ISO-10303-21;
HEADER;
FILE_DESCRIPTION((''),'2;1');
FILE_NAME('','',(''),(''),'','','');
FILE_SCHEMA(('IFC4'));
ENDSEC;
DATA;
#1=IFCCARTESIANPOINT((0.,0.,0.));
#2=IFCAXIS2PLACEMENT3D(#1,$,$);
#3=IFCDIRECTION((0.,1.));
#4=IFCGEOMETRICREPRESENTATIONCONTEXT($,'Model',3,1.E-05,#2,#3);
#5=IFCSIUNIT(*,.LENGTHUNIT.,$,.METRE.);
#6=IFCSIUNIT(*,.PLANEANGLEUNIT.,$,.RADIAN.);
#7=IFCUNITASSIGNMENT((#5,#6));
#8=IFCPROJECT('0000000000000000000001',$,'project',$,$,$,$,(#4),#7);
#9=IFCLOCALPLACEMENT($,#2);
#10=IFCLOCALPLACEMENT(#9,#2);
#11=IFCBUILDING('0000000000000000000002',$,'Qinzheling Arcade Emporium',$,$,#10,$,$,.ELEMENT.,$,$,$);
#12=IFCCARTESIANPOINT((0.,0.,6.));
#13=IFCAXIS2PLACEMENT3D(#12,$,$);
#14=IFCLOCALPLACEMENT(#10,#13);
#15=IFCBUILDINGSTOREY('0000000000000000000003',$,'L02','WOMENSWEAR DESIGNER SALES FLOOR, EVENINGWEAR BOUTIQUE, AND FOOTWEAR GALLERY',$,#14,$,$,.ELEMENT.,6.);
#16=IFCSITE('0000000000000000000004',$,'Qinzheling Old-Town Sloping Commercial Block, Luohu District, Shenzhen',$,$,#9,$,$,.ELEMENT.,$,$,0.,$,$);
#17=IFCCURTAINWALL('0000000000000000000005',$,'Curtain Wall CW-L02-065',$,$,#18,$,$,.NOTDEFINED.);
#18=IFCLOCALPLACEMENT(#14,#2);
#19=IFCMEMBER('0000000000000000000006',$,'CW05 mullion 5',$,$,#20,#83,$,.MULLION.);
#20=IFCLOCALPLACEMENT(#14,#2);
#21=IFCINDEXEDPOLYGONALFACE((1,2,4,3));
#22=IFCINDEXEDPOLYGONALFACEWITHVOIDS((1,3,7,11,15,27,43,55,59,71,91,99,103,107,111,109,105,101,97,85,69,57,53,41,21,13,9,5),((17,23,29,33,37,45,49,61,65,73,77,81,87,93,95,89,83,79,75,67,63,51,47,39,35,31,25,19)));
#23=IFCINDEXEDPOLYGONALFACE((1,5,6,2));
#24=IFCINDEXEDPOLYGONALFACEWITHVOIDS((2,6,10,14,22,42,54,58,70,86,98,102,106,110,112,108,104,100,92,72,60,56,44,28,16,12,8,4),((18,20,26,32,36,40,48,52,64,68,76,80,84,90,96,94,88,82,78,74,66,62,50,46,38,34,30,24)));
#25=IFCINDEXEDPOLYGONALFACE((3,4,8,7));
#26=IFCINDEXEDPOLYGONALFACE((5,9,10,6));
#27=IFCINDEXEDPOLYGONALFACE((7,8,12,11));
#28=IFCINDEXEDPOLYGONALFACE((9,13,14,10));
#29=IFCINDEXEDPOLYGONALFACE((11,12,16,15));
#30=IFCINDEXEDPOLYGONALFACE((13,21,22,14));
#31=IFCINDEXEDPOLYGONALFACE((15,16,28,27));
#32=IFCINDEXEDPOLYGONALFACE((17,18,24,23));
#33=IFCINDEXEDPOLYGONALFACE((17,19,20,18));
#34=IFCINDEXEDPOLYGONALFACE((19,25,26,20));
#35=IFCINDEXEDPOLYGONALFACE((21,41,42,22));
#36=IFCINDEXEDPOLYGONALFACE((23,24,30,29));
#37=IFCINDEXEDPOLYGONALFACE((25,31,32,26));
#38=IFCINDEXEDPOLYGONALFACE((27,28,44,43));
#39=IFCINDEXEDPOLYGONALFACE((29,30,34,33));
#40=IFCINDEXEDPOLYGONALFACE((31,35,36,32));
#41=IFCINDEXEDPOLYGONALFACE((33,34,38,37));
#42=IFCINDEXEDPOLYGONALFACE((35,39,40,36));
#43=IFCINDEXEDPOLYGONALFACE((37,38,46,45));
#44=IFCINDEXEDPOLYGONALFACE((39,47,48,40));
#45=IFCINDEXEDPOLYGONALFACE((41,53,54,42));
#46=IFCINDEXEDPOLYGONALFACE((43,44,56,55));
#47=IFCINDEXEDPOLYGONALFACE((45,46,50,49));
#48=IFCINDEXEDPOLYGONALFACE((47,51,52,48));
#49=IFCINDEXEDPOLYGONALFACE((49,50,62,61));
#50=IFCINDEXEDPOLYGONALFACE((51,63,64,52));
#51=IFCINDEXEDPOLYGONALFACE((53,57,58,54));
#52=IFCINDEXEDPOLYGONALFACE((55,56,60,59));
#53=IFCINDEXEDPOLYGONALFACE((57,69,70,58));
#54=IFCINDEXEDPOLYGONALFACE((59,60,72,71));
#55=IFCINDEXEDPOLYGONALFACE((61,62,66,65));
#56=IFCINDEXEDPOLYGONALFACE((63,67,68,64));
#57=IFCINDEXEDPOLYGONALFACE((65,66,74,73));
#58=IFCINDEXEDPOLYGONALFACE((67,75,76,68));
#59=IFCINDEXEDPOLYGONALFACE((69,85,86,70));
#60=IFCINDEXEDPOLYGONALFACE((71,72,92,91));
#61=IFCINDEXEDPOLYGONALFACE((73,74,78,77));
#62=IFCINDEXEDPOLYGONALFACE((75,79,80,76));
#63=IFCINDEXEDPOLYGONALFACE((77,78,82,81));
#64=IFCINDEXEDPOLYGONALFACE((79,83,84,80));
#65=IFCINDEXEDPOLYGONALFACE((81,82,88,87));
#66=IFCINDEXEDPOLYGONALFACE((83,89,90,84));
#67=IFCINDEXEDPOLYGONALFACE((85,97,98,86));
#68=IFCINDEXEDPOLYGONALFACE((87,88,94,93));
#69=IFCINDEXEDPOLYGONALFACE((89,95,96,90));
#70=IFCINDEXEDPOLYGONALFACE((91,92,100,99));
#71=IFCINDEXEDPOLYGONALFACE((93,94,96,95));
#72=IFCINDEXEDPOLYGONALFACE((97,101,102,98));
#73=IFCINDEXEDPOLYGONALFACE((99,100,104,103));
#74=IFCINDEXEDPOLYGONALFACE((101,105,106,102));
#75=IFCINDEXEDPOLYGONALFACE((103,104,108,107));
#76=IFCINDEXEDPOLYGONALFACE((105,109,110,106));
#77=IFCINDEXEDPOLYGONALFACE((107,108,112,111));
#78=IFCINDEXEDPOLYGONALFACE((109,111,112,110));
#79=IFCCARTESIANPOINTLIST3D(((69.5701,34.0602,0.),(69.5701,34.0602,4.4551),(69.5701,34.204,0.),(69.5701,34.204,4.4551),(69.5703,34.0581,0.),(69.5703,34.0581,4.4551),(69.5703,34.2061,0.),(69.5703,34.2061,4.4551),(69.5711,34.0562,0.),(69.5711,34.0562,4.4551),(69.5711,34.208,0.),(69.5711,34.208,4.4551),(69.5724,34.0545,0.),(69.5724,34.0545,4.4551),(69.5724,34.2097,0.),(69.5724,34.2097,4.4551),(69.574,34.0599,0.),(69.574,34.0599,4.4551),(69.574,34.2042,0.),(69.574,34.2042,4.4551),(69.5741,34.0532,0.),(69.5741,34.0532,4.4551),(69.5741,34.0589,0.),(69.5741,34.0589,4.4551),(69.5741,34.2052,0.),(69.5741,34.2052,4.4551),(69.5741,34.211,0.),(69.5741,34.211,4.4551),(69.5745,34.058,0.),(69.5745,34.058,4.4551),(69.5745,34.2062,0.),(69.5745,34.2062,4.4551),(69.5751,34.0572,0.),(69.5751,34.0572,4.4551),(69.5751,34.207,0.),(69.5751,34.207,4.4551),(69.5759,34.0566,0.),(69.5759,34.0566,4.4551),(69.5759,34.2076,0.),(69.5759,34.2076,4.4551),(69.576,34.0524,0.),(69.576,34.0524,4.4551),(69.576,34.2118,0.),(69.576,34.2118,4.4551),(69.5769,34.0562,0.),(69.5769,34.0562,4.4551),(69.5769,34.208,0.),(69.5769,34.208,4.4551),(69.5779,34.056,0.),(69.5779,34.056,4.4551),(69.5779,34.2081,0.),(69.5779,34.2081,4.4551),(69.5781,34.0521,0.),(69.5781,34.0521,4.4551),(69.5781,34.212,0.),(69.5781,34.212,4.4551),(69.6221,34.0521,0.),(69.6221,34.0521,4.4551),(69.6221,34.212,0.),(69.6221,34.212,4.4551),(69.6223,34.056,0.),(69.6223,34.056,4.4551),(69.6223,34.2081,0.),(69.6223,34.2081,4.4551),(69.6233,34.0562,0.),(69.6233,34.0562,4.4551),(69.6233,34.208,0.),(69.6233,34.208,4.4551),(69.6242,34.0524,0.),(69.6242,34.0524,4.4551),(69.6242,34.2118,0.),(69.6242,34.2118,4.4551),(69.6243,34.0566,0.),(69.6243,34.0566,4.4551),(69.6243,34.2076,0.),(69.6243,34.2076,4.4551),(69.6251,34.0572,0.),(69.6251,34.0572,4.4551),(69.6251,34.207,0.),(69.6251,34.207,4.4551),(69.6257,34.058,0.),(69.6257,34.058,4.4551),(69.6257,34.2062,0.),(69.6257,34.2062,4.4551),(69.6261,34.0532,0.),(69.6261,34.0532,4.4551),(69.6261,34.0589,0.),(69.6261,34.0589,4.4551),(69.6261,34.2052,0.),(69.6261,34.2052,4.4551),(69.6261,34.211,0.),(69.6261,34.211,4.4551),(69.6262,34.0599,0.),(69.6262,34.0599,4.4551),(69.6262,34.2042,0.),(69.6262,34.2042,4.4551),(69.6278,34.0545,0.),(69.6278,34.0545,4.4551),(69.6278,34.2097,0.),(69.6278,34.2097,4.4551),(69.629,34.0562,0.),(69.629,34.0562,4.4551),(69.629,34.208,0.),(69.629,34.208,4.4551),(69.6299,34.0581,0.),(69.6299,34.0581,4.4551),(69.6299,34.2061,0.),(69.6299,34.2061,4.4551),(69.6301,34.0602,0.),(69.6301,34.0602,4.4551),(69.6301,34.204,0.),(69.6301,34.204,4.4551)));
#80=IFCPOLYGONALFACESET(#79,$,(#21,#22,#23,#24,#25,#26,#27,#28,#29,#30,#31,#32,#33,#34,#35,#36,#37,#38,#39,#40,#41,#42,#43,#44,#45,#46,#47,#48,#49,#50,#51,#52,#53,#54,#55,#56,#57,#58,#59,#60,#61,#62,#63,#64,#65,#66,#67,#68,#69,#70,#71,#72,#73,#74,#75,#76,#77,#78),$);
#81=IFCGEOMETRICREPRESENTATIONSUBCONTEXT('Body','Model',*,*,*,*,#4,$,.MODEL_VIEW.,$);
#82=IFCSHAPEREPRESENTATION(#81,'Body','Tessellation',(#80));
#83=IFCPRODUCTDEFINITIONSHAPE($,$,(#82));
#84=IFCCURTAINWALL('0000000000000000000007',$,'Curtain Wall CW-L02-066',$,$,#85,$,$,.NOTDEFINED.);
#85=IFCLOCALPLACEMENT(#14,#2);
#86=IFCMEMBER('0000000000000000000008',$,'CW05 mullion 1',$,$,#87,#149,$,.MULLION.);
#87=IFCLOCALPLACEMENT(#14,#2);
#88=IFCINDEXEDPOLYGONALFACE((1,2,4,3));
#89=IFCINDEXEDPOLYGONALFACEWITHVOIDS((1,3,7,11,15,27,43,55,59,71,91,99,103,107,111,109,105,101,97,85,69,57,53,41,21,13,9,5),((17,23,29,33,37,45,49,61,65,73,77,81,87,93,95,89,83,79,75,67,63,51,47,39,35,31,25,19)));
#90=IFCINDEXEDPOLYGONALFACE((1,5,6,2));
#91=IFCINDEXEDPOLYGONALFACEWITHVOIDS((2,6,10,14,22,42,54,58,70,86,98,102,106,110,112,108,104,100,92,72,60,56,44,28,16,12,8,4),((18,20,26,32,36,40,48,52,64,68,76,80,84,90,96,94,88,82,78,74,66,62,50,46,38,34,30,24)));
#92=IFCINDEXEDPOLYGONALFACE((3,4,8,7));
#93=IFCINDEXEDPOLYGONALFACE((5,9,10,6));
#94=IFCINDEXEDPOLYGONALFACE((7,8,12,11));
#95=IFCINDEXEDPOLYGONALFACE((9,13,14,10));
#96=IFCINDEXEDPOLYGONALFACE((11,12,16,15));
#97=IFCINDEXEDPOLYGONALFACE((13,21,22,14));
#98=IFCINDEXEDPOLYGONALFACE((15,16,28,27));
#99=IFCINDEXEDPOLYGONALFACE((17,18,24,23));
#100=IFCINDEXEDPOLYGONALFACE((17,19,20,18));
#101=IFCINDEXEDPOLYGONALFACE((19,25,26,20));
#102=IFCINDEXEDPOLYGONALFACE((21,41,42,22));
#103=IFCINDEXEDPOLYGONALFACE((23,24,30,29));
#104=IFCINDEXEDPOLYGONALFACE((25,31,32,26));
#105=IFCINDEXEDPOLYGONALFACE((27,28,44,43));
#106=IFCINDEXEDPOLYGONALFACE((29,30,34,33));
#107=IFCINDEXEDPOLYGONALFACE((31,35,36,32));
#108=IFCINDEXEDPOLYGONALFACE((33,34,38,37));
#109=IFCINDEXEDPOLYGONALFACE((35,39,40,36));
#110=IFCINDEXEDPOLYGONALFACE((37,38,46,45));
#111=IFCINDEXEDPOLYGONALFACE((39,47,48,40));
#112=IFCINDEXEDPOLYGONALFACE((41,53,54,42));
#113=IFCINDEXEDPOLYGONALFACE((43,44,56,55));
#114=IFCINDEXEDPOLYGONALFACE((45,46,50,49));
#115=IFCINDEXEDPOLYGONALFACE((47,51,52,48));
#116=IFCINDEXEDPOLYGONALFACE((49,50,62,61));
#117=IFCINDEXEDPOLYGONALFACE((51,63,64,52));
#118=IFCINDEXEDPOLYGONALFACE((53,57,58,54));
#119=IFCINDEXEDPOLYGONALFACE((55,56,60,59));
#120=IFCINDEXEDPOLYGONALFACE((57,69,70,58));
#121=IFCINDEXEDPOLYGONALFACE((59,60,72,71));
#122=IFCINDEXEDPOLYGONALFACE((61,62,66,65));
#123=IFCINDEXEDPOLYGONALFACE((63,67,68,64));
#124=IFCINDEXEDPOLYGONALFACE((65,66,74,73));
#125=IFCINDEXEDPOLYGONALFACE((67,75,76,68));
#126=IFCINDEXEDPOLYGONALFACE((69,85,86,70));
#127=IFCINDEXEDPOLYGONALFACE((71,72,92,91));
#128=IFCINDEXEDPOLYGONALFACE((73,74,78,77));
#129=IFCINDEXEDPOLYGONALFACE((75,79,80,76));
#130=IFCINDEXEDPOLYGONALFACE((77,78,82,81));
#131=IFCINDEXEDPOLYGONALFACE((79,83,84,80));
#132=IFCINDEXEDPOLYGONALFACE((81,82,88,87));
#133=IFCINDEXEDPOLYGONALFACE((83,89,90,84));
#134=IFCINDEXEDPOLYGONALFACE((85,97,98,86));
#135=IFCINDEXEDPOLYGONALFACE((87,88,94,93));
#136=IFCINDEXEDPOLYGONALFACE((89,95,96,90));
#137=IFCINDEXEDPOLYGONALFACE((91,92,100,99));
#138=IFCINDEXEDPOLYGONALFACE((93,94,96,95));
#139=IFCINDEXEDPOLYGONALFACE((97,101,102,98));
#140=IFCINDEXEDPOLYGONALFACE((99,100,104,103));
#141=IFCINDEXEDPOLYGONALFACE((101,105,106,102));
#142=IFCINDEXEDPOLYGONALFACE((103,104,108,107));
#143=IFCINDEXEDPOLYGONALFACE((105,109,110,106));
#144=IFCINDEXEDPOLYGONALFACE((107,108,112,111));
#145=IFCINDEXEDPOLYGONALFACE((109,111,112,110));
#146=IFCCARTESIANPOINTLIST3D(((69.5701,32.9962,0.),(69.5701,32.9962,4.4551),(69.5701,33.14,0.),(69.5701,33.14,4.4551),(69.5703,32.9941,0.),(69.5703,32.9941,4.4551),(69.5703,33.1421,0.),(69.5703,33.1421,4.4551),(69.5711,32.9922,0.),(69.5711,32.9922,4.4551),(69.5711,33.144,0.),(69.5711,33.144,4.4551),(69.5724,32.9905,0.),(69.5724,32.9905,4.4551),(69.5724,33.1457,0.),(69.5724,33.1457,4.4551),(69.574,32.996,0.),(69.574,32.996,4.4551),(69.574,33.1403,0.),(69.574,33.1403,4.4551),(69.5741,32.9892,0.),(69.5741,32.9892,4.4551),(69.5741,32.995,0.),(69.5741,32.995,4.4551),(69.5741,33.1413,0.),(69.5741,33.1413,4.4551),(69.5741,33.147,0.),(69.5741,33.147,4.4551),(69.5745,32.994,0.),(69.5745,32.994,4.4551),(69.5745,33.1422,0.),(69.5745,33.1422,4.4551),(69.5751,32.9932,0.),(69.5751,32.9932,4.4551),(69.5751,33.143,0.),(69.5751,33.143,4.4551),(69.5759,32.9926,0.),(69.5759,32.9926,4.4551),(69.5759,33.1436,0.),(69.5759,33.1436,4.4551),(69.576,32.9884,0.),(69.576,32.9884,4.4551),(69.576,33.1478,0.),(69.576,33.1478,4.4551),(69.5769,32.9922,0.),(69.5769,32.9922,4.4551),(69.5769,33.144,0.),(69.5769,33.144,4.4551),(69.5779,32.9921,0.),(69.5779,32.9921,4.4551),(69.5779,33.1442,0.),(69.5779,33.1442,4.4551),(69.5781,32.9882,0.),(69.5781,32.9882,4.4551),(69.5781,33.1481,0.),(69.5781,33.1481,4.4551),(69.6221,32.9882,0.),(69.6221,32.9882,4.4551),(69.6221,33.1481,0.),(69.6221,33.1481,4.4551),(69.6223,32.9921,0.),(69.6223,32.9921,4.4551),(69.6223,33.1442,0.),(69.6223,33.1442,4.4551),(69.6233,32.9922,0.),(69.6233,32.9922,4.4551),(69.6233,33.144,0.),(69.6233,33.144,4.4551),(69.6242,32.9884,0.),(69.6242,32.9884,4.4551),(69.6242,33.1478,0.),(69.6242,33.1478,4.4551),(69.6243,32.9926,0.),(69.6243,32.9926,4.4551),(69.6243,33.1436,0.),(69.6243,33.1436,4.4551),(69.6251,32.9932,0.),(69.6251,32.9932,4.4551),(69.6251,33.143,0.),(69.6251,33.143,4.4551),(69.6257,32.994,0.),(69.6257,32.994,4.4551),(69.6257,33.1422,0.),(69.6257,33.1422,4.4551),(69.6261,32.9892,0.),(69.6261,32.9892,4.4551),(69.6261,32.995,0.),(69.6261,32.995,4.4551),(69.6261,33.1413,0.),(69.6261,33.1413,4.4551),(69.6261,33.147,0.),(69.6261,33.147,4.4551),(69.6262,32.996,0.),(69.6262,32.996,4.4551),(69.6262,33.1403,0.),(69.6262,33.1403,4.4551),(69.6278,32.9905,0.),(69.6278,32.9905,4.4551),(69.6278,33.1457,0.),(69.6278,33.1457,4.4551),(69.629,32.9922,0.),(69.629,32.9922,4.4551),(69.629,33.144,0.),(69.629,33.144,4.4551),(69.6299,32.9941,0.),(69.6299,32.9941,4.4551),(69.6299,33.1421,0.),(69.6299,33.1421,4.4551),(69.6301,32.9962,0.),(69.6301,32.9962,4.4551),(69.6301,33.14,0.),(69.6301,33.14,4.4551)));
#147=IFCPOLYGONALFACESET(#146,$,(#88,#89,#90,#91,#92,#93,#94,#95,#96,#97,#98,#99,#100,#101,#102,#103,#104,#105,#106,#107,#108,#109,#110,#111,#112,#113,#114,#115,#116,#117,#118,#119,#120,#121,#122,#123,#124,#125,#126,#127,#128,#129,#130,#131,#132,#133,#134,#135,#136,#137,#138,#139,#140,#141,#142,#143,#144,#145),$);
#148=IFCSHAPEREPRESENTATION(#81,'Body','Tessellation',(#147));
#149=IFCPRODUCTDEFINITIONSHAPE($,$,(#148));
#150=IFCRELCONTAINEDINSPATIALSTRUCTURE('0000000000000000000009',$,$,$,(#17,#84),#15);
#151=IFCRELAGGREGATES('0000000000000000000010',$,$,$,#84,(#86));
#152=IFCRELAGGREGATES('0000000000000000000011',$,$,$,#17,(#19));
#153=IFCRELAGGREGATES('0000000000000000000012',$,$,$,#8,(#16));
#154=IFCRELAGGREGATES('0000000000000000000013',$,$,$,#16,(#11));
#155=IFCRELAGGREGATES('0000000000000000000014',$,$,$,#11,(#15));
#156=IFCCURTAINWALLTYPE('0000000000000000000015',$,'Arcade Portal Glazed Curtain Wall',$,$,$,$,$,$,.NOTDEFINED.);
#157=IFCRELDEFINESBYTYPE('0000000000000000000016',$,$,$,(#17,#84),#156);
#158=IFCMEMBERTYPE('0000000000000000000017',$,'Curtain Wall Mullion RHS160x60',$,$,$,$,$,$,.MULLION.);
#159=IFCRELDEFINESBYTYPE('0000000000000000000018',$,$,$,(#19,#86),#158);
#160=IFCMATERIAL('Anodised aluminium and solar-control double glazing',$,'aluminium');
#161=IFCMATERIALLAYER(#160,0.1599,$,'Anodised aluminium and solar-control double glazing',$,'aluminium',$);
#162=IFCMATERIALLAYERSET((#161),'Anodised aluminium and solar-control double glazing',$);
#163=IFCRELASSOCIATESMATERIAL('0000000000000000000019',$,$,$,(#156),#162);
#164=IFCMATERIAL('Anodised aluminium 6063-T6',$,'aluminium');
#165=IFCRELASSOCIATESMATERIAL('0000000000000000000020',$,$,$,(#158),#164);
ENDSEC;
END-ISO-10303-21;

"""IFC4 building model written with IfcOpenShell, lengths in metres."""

from ifc_helpers import new_model, si_unit, direction, frame, origin, origin_2d, place, context, subcontext, project, spatial, hollow_rectangle, extrude, material, layer, layer_set, material_profile, profile_set, type_object, element, aggregate, save


model = new_model("IFC4")

# Units and contexts
model_context = context("Model", 3, precision=1e-05, world=origin(), true_north=direction((0.0, 1.0)))
body_context = subcontext(model_context, "Body", "Model", "MODEL_VIEW")
ifc_project = project(units=[si_unit("LENGTHUNIT", "METRE"), si_unit("PLANEANGLEUNIT", "RADIAN")], contexts=[model_context])

# Site, building, storey
site_placement = place(None, origin())
site = spatial("IfcSite", under=ifc_project, at=site_placement, Name="Qinzheling Old-Town Sloping Commercial Block, Luohu District, Shenzhen", CompositionType="ELEMENT", RefElevation=0.0)
building_placement = place(site_placement, origin())
building = spatial("IfcBuilding", under=site, at=building_placement, Name="Qinzheling Arcade Emporium", CompositionType="ELEMENT")
storey_placement = place(building_placement, frame((0.0, 0.0, 6.0)))
storey = spatial("IfcBuildingStorey", under=building, at=storey_placement, Name="L02", Description="WOMENSWEAR DESIGNER SALES FLOOR, EVENINGWEAR BOUTIQUE, AND FOOTWEAR GALLERY", CompositionType="ELEMENT", Elevation=6.0)

# Curtain wall, member
ifc_material_1 = material(Name="Anodised aluminium and solar-control double glazing", Category="aluminium")
ifc_layer_1 = layer(ifc_material_1, 0.1599, Name="Anodised aluminium and solar-control double glazing", Category="aluminium")
ifc_layer_set_1 = layer_set([ifc_layer_1], Name="Anodised aluminium and solar-control double glazing")
curtain_wall_type = type_object("IfcCurtainWallType", Name="Arcade Portal Glazed Curtain Wall", PredefinedType="NOTDEFINED", material=ifc_layer_set_1)
curtain_wall_1_placement = place(storey_placement, origin())
curtain_wall_1 = element("IfcCurtainWall", 1, at=curtain_wall_1_placement, inside=storey, type_object=curtain_wall_type, Name="Curtain Wall CW-L02-065", PredefinedType="NOTDEFINED")
ifc_material_2 = material(Name="Anodised aluminium 6063-T6", Category="aluminium")
ifc_material_profile_1 = material_profile(ifc_material_2, hollow_rectangle(XDim=0.0601, YDim=0.1599, WallThickness=0.0039, InnerFilletRadius=0.0039, OuterFilletRadius=0.0081, at=origin_2d()), Name="RHS 160x60x4", Category="aluminium")
ifc_profile_set_1 = profile_set([ifc_material_profile_1], Name="Anodised aluminium 6063-T6")
member_type_1 = type_object("IfcMemberType", Name="Curtain Wall Mullion RHS160x60", PredefinedType="MULLION", material=ifc_profile_set_1)
member_1_placement = place(storey_placement, frame((69.6001, 34.1321, 0.0), z_axis=(0.0, 0.0, 1.0), x_axis=(1.0, 0.0, 0.0)))
member_1 = element("IfcMember", 2, at=member_1_placement, type_object=member_type_1, Name="CW05 mullion 5", PredefinedType="MULLION", context=body_context, shape_type="SweptSolid", body=[
    extrude(hollow_rectangle(XDim=0.0601, YDim=0.1599, WallThickness=0.0039, InnerFilletRadius=0.0039, OuterFilletRadius=0.0081, at=origin_2d()), origin(), (0.0, 0.0, 1.0), 4.4551),
])

# Curtain wall, member
curtain_wall_2_placement = place(storey_placement, origin())
curtain_wall_2 = element("IfcCurtainWall", 3, at=curtain_wall_2_placement, inside=storey, type_object=curtain_wall_type, Name="Curtain Wall CW-L02-066", PredefinedType="NOTDEFINED")
member_2_placement = place(storey_placement, frame((69.6001, 33.0681, 0.0), z_axis=(0.0, 0.0, 1.0), x_axis=(1.0, 0.0, 0.0)))
member_2 = element("IfcMember", 4, at=member_2_placement, type_object=member_type_1, Name="CW05 mullion 1", PredefinedType="MULLION", context=body_context, shape_type="SweptSolid", body=[
    extrude(hollow_rectangle(XDim=0.0601, YDim=0.1599, WallThickness=0.0039, InnerFilletRadius=0.0039, OuterFilletRadius=0.0081, at=origin_2d()), origin(), (0.0, 0.0, 1.0), 4.4551),
])
aggregate(curtain_wall_2, [member_2])

aggregate(curtain_wall_1, [member_1])

save(model, "model.ifc")
